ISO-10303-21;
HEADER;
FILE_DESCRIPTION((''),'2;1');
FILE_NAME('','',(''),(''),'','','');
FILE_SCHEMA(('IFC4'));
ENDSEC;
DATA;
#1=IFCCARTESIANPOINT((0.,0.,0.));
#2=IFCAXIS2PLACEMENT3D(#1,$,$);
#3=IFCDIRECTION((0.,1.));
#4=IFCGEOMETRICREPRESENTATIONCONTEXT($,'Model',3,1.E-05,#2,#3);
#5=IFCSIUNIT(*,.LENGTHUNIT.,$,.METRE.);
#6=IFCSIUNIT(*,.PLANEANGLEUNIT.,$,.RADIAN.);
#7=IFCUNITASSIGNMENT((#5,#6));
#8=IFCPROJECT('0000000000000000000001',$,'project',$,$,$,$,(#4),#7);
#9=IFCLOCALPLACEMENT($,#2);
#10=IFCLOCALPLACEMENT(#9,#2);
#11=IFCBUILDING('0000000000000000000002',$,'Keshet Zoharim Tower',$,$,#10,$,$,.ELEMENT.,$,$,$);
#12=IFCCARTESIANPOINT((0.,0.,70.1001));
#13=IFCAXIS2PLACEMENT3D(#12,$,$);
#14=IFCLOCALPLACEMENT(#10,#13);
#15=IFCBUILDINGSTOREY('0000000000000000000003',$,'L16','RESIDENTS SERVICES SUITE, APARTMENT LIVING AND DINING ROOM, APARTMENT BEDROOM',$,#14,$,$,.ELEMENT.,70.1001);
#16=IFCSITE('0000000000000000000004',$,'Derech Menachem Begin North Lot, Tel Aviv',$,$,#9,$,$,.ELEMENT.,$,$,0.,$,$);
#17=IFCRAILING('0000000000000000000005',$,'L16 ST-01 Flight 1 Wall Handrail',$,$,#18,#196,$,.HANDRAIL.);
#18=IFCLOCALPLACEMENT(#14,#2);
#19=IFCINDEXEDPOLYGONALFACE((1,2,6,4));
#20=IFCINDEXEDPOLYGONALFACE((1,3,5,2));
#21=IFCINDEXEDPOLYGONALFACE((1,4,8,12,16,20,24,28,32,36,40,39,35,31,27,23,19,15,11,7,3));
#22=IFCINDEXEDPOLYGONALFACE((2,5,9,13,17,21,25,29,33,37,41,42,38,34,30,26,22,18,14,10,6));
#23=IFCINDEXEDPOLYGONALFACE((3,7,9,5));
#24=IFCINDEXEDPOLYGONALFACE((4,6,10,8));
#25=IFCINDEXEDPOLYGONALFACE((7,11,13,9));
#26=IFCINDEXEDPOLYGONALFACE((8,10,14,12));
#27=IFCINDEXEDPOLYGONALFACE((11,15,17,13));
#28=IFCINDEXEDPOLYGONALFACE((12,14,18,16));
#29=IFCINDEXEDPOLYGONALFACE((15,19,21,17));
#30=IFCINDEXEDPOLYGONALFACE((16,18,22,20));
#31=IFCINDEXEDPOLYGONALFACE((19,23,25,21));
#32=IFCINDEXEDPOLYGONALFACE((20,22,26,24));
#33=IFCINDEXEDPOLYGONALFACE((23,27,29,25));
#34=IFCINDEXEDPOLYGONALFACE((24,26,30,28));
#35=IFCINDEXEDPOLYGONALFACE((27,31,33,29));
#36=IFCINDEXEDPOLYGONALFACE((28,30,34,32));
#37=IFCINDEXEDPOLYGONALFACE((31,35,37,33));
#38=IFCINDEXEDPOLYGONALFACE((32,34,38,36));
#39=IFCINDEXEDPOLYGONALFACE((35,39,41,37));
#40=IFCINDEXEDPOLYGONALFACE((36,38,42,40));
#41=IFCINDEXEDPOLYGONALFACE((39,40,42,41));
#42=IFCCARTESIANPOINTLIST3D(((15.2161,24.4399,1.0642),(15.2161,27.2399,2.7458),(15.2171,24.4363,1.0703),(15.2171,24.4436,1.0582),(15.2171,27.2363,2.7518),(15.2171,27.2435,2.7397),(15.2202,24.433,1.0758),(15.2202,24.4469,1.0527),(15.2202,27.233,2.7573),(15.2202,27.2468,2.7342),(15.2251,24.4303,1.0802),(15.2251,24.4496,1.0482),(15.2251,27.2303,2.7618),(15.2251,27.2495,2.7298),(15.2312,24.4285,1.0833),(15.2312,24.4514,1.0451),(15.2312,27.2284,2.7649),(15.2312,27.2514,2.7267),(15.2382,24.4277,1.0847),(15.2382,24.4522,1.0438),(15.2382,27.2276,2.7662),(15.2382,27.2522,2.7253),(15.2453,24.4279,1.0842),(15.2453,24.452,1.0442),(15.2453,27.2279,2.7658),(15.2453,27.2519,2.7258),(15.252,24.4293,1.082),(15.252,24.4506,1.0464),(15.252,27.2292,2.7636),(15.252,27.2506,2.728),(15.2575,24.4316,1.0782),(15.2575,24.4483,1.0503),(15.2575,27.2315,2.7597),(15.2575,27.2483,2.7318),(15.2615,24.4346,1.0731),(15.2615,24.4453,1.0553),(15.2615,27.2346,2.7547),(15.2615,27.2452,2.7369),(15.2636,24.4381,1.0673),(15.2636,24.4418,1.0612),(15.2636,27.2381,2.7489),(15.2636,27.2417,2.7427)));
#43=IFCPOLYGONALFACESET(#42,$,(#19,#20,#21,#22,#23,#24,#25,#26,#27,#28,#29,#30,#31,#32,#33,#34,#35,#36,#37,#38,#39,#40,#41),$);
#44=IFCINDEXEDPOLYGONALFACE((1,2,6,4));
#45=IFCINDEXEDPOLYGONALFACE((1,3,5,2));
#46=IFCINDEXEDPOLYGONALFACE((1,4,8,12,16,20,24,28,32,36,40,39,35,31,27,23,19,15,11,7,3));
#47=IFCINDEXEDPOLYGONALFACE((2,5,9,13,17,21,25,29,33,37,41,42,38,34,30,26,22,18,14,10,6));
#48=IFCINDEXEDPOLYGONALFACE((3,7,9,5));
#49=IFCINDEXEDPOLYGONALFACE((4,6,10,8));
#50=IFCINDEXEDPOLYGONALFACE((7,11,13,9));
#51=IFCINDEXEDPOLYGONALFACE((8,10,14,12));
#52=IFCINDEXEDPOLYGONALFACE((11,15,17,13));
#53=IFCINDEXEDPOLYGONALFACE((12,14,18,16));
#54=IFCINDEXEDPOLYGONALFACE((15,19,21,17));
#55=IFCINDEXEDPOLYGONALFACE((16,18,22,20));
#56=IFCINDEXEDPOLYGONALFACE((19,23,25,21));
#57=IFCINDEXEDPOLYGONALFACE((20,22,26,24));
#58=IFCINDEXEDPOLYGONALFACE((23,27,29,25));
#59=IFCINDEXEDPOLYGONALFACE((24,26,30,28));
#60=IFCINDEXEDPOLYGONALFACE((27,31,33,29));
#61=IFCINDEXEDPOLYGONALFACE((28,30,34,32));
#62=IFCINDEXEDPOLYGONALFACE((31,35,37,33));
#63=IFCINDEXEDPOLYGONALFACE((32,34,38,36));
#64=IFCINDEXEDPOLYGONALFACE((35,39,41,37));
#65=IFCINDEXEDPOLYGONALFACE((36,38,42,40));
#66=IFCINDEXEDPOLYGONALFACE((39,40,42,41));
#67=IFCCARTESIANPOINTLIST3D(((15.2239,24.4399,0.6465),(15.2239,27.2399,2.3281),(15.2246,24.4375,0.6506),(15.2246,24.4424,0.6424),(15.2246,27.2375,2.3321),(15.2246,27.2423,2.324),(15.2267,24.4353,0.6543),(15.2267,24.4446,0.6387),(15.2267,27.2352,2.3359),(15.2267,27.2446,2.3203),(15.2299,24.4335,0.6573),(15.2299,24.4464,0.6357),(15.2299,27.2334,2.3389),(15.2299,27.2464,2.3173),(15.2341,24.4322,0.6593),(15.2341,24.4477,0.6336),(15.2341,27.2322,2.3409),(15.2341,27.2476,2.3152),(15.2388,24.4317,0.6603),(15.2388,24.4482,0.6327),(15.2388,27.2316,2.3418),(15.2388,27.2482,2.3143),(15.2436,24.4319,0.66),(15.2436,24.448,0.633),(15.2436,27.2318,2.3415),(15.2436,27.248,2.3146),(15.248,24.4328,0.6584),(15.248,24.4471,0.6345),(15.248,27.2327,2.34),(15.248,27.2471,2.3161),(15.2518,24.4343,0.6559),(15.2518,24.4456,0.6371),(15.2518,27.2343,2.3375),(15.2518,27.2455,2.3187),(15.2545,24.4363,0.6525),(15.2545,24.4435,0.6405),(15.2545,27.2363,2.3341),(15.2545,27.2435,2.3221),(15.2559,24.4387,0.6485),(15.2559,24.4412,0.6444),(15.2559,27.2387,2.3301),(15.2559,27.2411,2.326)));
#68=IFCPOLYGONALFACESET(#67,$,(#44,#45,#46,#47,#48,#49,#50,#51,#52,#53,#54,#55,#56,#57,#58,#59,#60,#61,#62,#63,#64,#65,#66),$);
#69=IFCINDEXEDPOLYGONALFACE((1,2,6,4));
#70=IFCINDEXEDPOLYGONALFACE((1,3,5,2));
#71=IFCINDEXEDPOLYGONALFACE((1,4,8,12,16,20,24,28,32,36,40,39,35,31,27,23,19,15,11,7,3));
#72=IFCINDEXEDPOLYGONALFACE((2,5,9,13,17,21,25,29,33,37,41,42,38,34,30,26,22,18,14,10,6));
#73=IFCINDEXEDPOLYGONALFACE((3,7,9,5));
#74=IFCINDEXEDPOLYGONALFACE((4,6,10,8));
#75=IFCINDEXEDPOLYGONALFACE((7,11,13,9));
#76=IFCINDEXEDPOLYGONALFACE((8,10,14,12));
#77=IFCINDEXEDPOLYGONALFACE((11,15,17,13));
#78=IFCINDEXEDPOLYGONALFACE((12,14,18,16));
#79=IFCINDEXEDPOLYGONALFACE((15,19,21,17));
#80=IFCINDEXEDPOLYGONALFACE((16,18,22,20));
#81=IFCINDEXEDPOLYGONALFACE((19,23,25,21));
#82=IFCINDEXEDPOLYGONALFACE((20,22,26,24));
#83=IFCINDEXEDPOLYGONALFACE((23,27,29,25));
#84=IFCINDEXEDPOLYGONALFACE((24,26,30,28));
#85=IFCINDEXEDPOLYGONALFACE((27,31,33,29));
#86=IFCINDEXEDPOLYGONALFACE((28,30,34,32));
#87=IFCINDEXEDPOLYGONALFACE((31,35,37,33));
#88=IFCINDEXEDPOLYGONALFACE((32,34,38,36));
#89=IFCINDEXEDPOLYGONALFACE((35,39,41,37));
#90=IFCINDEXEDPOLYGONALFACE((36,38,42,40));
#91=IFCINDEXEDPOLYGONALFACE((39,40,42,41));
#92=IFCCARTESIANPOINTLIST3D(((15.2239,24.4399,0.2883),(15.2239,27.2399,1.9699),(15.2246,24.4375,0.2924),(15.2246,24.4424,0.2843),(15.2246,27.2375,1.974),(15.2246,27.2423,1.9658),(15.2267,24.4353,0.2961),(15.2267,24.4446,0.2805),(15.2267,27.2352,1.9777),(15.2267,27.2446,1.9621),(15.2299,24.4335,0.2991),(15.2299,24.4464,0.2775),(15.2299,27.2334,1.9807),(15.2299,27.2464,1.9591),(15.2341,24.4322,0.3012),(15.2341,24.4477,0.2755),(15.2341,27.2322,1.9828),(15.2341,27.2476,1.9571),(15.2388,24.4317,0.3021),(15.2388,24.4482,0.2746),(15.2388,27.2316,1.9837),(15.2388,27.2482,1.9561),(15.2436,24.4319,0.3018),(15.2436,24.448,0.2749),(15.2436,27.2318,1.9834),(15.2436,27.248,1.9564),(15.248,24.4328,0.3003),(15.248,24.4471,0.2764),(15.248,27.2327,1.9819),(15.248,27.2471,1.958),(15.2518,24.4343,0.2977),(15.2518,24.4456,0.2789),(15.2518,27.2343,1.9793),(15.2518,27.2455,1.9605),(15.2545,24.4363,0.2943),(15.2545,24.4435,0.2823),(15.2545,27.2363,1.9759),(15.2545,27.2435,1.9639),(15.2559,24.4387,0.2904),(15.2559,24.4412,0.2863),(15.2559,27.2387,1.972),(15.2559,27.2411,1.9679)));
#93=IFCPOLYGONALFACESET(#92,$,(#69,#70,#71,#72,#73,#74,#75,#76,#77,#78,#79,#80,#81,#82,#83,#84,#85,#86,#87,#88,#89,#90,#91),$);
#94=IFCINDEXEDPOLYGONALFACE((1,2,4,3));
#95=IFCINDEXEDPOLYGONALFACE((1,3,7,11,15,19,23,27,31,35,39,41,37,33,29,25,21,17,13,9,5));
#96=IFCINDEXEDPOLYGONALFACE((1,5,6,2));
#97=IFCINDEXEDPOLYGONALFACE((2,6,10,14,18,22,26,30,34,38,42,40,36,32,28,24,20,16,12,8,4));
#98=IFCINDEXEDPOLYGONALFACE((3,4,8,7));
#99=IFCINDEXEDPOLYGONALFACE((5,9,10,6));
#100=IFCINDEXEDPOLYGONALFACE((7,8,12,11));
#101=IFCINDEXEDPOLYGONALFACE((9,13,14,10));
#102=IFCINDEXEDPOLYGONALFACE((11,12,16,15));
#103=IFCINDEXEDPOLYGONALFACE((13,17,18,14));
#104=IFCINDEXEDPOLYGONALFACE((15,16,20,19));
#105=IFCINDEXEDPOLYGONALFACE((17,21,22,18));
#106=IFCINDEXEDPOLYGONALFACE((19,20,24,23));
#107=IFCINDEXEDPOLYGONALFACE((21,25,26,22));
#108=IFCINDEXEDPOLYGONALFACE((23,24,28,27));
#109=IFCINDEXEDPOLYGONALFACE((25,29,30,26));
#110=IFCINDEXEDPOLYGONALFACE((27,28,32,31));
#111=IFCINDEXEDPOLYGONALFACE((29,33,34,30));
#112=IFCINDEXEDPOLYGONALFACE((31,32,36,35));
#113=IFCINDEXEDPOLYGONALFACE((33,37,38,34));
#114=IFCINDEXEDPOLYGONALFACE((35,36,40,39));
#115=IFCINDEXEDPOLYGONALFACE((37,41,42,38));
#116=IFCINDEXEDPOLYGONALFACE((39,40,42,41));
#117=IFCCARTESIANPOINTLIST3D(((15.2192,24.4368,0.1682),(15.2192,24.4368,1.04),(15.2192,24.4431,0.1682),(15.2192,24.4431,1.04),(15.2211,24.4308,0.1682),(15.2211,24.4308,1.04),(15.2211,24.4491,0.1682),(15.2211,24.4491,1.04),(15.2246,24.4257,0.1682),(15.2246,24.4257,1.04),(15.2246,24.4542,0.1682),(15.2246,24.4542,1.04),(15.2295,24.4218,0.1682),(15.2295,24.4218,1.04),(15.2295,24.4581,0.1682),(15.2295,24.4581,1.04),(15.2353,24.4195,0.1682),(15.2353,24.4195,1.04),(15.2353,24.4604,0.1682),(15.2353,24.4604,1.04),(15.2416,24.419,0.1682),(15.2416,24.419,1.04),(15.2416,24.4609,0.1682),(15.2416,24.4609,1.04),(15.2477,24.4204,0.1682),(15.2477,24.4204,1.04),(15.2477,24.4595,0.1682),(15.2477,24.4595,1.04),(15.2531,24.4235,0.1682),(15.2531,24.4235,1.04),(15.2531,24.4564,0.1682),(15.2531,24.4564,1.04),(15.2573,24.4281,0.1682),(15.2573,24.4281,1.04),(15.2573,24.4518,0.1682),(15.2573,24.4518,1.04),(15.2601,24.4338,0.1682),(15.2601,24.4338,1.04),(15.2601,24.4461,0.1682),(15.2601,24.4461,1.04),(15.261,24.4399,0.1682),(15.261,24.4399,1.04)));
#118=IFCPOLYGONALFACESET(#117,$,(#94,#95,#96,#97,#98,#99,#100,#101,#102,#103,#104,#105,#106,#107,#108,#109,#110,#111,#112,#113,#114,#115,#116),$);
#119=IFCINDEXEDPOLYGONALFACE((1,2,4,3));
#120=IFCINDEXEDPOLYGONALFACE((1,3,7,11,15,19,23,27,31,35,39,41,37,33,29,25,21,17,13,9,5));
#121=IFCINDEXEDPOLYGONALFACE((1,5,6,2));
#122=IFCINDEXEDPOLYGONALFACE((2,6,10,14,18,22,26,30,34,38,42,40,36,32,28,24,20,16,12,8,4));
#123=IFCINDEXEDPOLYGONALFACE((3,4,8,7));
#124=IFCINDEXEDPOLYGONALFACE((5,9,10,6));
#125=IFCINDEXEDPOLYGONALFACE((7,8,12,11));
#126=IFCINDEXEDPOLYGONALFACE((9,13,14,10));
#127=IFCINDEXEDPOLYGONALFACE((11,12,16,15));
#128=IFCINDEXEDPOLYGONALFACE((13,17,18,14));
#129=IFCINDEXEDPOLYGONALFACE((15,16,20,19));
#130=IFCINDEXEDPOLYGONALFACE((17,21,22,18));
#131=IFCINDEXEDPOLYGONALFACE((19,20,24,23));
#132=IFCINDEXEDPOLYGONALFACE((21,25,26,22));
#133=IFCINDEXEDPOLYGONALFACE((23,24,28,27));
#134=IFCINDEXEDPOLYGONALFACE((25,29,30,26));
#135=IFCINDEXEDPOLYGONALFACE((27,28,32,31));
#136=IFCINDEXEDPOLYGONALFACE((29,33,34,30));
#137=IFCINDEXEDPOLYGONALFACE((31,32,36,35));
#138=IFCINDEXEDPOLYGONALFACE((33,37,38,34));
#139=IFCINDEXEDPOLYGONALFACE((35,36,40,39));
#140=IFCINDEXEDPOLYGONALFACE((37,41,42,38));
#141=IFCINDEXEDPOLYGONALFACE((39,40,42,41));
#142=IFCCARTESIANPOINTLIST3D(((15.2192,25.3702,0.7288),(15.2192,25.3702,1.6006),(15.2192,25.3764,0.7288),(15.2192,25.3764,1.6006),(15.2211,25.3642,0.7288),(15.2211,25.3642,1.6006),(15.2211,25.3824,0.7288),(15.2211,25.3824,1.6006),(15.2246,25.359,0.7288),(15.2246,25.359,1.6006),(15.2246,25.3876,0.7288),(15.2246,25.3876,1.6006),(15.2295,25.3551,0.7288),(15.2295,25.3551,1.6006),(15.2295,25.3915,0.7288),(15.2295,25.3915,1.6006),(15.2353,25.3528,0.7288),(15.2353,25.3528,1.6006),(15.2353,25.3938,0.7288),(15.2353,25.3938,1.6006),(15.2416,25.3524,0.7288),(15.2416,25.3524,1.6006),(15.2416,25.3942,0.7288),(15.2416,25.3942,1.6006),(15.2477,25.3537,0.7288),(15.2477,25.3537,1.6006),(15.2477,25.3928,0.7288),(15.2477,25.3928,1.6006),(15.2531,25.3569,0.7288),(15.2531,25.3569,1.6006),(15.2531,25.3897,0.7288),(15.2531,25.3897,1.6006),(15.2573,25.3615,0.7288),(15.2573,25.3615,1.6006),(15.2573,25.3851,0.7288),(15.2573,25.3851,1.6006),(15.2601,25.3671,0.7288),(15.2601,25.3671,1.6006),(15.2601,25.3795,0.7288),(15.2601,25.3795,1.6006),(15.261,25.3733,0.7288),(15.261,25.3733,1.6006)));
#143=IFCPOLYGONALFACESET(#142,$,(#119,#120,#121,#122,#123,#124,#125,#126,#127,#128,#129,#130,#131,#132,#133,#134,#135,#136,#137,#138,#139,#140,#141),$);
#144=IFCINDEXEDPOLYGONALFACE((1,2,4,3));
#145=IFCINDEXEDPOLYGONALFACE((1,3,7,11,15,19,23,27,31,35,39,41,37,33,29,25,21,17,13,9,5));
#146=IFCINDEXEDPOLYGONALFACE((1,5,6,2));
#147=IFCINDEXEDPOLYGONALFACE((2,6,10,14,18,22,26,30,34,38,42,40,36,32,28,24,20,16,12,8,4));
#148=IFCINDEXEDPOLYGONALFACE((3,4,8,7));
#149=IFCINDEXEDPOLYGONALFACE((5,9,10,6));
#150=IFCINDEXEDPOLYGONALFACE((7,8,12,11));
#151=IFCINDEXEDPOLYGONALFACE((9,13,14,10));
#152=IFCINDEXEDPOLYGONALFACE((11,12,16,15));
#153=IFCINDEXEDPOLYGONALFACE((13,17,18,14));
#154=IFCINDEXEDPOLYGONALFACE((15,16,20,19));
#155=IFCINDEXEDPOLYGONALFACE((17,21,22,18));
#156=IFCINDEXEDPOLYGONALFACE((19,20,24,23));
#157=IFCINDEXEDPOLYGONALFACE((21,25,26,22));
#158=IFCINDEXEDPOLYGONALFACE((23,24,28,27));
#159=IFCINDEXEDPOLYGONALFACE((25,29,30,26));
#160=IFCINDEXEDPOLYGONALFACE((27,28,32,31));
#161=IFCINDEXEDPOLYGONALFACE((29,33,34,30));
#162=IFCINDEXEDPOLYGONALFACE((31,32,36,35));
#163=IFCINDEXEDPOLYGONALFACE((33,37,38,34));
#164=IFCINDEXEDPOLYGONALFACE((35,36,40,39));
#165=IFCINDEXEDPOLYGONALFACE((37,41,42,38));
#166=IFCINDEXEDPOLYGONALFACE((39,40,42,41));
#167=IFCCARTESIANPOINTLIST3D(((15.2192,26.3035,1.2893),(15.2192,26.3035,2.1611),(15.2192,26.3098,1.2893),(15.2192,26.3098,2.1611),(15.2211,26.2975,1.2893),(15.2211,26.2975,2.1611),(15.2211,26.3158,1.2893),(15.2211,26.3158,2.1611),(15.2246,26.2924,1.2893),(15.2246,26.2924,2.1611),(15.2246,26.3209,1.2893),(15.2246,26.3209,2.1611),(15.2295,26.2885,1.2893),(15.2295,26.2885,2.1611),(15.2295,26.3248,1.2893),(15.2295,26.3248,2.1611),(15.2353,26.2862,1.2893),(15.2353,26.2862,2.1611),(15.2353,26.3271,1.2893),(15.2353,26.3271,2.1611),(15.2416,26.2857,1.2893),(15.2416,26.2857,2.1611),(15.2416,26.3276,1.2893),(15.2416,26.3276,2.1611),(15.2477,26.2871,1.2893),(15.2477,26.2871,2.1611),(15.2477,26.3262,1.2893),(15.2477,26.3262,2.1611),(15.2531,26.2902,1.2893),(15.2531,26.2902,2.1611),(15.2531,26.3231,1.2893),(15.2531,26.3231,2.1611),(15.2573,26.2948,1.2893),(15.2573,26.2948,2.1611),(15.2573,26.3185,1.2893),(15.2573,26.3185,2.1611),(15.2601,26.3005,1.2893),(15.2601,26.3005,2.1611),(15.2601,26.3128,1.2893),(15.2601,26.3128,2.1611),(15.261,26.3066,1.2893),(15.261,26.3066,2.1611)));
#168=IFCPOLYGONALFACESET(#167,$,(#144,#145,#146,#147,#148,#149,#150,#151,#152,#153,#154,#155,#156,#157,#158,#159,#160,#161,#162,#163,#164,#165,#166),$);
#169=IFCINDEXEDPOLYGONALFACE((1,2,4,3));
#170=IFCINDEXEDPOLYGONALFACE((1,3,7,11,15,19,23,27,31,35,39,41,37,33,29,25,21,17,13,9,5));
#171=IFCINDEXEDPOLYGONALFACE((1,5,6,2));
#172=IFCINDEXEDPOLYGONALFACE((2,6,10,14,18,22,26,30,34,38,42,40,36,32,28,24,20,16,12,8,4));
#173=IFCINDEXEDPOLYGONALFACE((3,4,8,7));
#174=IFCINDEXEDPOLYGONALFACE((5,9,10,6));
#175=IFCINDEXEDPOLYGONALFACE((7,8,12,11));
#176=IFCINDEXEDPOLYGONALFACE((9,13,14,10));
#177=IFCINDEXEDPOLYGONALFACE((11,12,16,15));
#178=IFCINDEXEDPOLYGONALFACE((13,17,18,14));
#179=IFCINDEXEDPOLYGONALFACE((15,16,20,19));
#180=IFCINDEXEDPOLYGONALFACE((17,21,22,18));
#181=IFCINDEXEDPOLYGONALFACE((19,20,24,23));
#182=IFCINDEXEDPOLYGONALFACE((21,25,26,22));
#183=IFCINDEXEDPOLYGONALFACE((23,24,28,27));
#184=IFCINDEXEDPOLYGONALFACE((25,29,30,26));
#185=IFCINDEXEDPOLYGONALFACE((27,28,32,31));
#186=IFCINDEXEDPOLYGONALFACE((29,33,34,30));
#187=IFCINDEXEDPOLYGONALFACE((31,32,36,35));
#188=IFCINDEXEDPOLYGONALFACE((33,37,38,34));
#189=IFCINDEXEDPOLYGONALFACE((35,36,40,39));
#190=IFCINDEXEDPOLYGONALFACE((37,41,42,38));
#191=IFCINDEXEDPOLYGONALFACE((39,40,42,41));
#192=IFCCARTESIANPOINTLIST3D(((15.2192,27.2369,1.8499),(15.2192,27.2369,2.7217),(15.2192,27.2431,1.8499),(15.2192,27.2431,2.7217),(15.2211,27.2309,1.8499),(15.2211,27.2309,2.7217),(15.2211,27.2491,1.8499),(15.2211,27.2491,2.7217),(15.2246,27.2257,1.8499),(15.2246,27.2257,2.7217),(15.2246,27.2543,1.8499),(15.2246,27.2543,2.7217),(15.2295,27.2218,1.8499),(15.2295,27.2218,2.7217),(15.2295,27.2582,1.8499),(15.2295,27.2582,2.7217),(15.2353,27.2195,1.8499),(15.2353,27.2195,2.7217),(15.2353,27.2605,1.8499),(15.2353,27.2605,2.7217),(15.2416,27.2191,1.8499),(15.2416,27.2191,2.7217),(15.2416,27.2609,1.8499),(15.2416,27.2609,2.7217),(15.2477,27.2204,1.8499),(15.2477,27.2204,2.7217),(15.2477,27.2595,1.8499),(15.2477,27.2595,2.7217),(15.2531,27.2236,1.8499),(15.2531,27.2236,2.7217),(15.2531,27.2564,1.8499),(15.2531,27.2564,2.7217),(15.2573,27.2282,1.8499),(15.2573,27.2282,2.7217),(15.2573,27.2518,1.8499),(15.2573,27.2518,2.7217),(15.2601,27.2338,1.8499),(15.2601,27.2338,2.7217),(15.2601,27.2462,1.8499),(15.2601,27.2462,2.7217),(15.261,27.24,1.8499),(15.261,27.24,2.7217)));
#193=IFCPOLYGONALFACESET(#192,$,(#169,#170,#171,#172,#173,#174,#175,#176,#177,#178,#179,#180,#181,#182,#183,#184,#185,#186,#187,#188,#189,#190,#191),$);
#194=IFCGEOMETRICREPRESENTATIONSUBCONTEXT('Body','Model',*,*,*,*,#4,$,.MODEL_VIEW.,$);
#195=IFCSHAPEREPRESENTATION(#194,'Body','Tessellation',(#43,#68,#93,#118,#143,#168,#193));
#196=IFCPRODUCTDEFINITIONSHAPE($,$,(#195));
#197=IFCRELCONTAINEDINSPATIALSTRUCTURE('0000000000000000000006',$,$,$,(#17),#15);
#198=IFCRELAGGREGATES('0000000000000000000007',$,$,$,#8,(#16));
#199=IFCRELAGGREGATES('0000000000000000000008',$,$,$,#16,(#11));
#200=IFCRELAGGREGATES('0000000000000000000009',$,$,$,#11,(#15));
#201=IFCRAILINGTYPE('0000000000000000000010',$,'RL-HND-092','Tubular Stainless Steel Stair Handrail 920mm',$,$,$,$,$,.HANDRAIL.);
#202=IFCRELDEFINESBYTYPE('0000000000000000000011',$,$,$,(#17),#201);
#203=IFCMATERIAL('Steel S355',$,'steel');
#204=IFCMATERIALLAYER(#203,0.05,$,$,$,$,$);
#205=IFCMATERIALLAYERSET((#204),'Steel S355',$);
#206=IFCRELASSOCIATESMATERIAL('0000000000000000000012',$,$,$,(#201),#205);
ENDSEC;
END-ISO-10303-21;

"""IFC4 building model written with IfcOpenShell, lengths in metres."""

from ifc_helpers import new_model, si_unit, direction, frame, origin, origin_2d, place, context, subcontext, project, spatial, circle, extrude, material, layer, layer_set, type_object, element, save


model = new_model("IFC4")

# Units and contexts
model_context = context("Model", 3, precision=1e-05, world=origin(), true_north=direction((0.0, 1.0)))
body_context = subcontext(model_context, "Body", "Model", "MODEL_VIEW")
ifc_project = project(units=[si_unit("LENGTHUNIT", "METRE"), si_unit("PLANEANGLEUNIT", "RADIAN")], contexts=[model_context])

# Site, building, storey
site_placement = place(None, origin())
site = spatial("IfcSite", under=ifc_project, at=site_placement, Name="Derech Menachem Begin North Lot, Tel Aviv", CompositionType="ELEMENT", RefElevation=0.0)
building_placement = place(site_placement, origin())
building = spatial("IfcBuilding", under=site, at=building_placement, Name="Keshet Zoharim Tower", CompositionType="ELEMENT")
storey_placement = place(building_placement, frame((0.0, 0.0, 70.1001)))
storey = spatial("IfcBuildingStorey", under=building, at=storey_placement, Name="L16", Description="RESIDENTS SERVICES SUITE, APARTMENT LIVING AND DINING ROOM, APARTMENT BEDROOM", CompositionType="ELEMENT", Elevation=70.1001)

# Shared definitions
ifc_material_1 = material(Name="Steel S355", Category="steel")

# Railing
ifc_layer_1 = layer(ifc_material_1, 0.05)
ifc_layer_set_1 = layer_set([ifc_layer_1], Name="Steel S355")
railing_type_1 = type_object("IfcRailingType", Name="RL-HND-092", Description="Tubular Stainless Steel Stair Handrail 920mm", PredefinedType="HANDRAIL", material=ifc_layer_set_1)
railing_1_placement = place(storey_placement, frame((15.24, 24.4399, 0.1682)))
element("IfcRailing", 1, at=railing_1_placement, inside=storey, type_object=railing_type_1, Name="L16 ST-01 Flight 1 Wall Handrail", PredefinedType="HANDRAIL", context=body_context, shape_type="SweptSolid", body=[
    extrude(circle(Radius=0.0239, at=origin_2d()), frame((0.0, 0.0, 0.896), z_axis=(0.0, 0.857275, 0.514858), x_axis=(-1.0, 0.0, 0.0)), (0.0, 0.0, 1.0), 3.2661),
    extrude(circle(Radius=0.0161, at=origin_2d()), frame((0.0, 0.0, 0.4783), z_axis=(0.0, 0.857275, 0.514858), x_axis=(-1.0, 0.0, 0.0)), (0.0, 0.0, 1.0), 3.2661),
    extrude(circle(Radius=0.0161, at=origin_2d()), frame((0.0, 0.0, 0.1201), z_axis=(0.0, 0.857275, 0.514858), x_axis=(-1.0, 0.0, 0.0)), (0.0, 0.0, 1.0), 3.2661),
    extrude(circle(Radius=0.021, at=origin_2d()), origin(), (0.0, 0.0, 1.0), 0.8718),
    extrude(circle(Radius=0.021, at=origin_2d()), frame((0.0, 0.9333, 0.5605)), (0.0, 0.0, 1.0), 0.8718),
    extrude(circle(Radius=0.021, at=origin_2d()), frame((0.0, 1.8667, 1.1211)), (0.0, 0.0, 1.0), 0.8718),
    extrude(circle(Radius=0.021, at=origin_2d()), frame((0.0, 2.8, 1.6816)), (0.0, 0.0, 1.0), 0.8718),
])

save(model, "model.ifc")
